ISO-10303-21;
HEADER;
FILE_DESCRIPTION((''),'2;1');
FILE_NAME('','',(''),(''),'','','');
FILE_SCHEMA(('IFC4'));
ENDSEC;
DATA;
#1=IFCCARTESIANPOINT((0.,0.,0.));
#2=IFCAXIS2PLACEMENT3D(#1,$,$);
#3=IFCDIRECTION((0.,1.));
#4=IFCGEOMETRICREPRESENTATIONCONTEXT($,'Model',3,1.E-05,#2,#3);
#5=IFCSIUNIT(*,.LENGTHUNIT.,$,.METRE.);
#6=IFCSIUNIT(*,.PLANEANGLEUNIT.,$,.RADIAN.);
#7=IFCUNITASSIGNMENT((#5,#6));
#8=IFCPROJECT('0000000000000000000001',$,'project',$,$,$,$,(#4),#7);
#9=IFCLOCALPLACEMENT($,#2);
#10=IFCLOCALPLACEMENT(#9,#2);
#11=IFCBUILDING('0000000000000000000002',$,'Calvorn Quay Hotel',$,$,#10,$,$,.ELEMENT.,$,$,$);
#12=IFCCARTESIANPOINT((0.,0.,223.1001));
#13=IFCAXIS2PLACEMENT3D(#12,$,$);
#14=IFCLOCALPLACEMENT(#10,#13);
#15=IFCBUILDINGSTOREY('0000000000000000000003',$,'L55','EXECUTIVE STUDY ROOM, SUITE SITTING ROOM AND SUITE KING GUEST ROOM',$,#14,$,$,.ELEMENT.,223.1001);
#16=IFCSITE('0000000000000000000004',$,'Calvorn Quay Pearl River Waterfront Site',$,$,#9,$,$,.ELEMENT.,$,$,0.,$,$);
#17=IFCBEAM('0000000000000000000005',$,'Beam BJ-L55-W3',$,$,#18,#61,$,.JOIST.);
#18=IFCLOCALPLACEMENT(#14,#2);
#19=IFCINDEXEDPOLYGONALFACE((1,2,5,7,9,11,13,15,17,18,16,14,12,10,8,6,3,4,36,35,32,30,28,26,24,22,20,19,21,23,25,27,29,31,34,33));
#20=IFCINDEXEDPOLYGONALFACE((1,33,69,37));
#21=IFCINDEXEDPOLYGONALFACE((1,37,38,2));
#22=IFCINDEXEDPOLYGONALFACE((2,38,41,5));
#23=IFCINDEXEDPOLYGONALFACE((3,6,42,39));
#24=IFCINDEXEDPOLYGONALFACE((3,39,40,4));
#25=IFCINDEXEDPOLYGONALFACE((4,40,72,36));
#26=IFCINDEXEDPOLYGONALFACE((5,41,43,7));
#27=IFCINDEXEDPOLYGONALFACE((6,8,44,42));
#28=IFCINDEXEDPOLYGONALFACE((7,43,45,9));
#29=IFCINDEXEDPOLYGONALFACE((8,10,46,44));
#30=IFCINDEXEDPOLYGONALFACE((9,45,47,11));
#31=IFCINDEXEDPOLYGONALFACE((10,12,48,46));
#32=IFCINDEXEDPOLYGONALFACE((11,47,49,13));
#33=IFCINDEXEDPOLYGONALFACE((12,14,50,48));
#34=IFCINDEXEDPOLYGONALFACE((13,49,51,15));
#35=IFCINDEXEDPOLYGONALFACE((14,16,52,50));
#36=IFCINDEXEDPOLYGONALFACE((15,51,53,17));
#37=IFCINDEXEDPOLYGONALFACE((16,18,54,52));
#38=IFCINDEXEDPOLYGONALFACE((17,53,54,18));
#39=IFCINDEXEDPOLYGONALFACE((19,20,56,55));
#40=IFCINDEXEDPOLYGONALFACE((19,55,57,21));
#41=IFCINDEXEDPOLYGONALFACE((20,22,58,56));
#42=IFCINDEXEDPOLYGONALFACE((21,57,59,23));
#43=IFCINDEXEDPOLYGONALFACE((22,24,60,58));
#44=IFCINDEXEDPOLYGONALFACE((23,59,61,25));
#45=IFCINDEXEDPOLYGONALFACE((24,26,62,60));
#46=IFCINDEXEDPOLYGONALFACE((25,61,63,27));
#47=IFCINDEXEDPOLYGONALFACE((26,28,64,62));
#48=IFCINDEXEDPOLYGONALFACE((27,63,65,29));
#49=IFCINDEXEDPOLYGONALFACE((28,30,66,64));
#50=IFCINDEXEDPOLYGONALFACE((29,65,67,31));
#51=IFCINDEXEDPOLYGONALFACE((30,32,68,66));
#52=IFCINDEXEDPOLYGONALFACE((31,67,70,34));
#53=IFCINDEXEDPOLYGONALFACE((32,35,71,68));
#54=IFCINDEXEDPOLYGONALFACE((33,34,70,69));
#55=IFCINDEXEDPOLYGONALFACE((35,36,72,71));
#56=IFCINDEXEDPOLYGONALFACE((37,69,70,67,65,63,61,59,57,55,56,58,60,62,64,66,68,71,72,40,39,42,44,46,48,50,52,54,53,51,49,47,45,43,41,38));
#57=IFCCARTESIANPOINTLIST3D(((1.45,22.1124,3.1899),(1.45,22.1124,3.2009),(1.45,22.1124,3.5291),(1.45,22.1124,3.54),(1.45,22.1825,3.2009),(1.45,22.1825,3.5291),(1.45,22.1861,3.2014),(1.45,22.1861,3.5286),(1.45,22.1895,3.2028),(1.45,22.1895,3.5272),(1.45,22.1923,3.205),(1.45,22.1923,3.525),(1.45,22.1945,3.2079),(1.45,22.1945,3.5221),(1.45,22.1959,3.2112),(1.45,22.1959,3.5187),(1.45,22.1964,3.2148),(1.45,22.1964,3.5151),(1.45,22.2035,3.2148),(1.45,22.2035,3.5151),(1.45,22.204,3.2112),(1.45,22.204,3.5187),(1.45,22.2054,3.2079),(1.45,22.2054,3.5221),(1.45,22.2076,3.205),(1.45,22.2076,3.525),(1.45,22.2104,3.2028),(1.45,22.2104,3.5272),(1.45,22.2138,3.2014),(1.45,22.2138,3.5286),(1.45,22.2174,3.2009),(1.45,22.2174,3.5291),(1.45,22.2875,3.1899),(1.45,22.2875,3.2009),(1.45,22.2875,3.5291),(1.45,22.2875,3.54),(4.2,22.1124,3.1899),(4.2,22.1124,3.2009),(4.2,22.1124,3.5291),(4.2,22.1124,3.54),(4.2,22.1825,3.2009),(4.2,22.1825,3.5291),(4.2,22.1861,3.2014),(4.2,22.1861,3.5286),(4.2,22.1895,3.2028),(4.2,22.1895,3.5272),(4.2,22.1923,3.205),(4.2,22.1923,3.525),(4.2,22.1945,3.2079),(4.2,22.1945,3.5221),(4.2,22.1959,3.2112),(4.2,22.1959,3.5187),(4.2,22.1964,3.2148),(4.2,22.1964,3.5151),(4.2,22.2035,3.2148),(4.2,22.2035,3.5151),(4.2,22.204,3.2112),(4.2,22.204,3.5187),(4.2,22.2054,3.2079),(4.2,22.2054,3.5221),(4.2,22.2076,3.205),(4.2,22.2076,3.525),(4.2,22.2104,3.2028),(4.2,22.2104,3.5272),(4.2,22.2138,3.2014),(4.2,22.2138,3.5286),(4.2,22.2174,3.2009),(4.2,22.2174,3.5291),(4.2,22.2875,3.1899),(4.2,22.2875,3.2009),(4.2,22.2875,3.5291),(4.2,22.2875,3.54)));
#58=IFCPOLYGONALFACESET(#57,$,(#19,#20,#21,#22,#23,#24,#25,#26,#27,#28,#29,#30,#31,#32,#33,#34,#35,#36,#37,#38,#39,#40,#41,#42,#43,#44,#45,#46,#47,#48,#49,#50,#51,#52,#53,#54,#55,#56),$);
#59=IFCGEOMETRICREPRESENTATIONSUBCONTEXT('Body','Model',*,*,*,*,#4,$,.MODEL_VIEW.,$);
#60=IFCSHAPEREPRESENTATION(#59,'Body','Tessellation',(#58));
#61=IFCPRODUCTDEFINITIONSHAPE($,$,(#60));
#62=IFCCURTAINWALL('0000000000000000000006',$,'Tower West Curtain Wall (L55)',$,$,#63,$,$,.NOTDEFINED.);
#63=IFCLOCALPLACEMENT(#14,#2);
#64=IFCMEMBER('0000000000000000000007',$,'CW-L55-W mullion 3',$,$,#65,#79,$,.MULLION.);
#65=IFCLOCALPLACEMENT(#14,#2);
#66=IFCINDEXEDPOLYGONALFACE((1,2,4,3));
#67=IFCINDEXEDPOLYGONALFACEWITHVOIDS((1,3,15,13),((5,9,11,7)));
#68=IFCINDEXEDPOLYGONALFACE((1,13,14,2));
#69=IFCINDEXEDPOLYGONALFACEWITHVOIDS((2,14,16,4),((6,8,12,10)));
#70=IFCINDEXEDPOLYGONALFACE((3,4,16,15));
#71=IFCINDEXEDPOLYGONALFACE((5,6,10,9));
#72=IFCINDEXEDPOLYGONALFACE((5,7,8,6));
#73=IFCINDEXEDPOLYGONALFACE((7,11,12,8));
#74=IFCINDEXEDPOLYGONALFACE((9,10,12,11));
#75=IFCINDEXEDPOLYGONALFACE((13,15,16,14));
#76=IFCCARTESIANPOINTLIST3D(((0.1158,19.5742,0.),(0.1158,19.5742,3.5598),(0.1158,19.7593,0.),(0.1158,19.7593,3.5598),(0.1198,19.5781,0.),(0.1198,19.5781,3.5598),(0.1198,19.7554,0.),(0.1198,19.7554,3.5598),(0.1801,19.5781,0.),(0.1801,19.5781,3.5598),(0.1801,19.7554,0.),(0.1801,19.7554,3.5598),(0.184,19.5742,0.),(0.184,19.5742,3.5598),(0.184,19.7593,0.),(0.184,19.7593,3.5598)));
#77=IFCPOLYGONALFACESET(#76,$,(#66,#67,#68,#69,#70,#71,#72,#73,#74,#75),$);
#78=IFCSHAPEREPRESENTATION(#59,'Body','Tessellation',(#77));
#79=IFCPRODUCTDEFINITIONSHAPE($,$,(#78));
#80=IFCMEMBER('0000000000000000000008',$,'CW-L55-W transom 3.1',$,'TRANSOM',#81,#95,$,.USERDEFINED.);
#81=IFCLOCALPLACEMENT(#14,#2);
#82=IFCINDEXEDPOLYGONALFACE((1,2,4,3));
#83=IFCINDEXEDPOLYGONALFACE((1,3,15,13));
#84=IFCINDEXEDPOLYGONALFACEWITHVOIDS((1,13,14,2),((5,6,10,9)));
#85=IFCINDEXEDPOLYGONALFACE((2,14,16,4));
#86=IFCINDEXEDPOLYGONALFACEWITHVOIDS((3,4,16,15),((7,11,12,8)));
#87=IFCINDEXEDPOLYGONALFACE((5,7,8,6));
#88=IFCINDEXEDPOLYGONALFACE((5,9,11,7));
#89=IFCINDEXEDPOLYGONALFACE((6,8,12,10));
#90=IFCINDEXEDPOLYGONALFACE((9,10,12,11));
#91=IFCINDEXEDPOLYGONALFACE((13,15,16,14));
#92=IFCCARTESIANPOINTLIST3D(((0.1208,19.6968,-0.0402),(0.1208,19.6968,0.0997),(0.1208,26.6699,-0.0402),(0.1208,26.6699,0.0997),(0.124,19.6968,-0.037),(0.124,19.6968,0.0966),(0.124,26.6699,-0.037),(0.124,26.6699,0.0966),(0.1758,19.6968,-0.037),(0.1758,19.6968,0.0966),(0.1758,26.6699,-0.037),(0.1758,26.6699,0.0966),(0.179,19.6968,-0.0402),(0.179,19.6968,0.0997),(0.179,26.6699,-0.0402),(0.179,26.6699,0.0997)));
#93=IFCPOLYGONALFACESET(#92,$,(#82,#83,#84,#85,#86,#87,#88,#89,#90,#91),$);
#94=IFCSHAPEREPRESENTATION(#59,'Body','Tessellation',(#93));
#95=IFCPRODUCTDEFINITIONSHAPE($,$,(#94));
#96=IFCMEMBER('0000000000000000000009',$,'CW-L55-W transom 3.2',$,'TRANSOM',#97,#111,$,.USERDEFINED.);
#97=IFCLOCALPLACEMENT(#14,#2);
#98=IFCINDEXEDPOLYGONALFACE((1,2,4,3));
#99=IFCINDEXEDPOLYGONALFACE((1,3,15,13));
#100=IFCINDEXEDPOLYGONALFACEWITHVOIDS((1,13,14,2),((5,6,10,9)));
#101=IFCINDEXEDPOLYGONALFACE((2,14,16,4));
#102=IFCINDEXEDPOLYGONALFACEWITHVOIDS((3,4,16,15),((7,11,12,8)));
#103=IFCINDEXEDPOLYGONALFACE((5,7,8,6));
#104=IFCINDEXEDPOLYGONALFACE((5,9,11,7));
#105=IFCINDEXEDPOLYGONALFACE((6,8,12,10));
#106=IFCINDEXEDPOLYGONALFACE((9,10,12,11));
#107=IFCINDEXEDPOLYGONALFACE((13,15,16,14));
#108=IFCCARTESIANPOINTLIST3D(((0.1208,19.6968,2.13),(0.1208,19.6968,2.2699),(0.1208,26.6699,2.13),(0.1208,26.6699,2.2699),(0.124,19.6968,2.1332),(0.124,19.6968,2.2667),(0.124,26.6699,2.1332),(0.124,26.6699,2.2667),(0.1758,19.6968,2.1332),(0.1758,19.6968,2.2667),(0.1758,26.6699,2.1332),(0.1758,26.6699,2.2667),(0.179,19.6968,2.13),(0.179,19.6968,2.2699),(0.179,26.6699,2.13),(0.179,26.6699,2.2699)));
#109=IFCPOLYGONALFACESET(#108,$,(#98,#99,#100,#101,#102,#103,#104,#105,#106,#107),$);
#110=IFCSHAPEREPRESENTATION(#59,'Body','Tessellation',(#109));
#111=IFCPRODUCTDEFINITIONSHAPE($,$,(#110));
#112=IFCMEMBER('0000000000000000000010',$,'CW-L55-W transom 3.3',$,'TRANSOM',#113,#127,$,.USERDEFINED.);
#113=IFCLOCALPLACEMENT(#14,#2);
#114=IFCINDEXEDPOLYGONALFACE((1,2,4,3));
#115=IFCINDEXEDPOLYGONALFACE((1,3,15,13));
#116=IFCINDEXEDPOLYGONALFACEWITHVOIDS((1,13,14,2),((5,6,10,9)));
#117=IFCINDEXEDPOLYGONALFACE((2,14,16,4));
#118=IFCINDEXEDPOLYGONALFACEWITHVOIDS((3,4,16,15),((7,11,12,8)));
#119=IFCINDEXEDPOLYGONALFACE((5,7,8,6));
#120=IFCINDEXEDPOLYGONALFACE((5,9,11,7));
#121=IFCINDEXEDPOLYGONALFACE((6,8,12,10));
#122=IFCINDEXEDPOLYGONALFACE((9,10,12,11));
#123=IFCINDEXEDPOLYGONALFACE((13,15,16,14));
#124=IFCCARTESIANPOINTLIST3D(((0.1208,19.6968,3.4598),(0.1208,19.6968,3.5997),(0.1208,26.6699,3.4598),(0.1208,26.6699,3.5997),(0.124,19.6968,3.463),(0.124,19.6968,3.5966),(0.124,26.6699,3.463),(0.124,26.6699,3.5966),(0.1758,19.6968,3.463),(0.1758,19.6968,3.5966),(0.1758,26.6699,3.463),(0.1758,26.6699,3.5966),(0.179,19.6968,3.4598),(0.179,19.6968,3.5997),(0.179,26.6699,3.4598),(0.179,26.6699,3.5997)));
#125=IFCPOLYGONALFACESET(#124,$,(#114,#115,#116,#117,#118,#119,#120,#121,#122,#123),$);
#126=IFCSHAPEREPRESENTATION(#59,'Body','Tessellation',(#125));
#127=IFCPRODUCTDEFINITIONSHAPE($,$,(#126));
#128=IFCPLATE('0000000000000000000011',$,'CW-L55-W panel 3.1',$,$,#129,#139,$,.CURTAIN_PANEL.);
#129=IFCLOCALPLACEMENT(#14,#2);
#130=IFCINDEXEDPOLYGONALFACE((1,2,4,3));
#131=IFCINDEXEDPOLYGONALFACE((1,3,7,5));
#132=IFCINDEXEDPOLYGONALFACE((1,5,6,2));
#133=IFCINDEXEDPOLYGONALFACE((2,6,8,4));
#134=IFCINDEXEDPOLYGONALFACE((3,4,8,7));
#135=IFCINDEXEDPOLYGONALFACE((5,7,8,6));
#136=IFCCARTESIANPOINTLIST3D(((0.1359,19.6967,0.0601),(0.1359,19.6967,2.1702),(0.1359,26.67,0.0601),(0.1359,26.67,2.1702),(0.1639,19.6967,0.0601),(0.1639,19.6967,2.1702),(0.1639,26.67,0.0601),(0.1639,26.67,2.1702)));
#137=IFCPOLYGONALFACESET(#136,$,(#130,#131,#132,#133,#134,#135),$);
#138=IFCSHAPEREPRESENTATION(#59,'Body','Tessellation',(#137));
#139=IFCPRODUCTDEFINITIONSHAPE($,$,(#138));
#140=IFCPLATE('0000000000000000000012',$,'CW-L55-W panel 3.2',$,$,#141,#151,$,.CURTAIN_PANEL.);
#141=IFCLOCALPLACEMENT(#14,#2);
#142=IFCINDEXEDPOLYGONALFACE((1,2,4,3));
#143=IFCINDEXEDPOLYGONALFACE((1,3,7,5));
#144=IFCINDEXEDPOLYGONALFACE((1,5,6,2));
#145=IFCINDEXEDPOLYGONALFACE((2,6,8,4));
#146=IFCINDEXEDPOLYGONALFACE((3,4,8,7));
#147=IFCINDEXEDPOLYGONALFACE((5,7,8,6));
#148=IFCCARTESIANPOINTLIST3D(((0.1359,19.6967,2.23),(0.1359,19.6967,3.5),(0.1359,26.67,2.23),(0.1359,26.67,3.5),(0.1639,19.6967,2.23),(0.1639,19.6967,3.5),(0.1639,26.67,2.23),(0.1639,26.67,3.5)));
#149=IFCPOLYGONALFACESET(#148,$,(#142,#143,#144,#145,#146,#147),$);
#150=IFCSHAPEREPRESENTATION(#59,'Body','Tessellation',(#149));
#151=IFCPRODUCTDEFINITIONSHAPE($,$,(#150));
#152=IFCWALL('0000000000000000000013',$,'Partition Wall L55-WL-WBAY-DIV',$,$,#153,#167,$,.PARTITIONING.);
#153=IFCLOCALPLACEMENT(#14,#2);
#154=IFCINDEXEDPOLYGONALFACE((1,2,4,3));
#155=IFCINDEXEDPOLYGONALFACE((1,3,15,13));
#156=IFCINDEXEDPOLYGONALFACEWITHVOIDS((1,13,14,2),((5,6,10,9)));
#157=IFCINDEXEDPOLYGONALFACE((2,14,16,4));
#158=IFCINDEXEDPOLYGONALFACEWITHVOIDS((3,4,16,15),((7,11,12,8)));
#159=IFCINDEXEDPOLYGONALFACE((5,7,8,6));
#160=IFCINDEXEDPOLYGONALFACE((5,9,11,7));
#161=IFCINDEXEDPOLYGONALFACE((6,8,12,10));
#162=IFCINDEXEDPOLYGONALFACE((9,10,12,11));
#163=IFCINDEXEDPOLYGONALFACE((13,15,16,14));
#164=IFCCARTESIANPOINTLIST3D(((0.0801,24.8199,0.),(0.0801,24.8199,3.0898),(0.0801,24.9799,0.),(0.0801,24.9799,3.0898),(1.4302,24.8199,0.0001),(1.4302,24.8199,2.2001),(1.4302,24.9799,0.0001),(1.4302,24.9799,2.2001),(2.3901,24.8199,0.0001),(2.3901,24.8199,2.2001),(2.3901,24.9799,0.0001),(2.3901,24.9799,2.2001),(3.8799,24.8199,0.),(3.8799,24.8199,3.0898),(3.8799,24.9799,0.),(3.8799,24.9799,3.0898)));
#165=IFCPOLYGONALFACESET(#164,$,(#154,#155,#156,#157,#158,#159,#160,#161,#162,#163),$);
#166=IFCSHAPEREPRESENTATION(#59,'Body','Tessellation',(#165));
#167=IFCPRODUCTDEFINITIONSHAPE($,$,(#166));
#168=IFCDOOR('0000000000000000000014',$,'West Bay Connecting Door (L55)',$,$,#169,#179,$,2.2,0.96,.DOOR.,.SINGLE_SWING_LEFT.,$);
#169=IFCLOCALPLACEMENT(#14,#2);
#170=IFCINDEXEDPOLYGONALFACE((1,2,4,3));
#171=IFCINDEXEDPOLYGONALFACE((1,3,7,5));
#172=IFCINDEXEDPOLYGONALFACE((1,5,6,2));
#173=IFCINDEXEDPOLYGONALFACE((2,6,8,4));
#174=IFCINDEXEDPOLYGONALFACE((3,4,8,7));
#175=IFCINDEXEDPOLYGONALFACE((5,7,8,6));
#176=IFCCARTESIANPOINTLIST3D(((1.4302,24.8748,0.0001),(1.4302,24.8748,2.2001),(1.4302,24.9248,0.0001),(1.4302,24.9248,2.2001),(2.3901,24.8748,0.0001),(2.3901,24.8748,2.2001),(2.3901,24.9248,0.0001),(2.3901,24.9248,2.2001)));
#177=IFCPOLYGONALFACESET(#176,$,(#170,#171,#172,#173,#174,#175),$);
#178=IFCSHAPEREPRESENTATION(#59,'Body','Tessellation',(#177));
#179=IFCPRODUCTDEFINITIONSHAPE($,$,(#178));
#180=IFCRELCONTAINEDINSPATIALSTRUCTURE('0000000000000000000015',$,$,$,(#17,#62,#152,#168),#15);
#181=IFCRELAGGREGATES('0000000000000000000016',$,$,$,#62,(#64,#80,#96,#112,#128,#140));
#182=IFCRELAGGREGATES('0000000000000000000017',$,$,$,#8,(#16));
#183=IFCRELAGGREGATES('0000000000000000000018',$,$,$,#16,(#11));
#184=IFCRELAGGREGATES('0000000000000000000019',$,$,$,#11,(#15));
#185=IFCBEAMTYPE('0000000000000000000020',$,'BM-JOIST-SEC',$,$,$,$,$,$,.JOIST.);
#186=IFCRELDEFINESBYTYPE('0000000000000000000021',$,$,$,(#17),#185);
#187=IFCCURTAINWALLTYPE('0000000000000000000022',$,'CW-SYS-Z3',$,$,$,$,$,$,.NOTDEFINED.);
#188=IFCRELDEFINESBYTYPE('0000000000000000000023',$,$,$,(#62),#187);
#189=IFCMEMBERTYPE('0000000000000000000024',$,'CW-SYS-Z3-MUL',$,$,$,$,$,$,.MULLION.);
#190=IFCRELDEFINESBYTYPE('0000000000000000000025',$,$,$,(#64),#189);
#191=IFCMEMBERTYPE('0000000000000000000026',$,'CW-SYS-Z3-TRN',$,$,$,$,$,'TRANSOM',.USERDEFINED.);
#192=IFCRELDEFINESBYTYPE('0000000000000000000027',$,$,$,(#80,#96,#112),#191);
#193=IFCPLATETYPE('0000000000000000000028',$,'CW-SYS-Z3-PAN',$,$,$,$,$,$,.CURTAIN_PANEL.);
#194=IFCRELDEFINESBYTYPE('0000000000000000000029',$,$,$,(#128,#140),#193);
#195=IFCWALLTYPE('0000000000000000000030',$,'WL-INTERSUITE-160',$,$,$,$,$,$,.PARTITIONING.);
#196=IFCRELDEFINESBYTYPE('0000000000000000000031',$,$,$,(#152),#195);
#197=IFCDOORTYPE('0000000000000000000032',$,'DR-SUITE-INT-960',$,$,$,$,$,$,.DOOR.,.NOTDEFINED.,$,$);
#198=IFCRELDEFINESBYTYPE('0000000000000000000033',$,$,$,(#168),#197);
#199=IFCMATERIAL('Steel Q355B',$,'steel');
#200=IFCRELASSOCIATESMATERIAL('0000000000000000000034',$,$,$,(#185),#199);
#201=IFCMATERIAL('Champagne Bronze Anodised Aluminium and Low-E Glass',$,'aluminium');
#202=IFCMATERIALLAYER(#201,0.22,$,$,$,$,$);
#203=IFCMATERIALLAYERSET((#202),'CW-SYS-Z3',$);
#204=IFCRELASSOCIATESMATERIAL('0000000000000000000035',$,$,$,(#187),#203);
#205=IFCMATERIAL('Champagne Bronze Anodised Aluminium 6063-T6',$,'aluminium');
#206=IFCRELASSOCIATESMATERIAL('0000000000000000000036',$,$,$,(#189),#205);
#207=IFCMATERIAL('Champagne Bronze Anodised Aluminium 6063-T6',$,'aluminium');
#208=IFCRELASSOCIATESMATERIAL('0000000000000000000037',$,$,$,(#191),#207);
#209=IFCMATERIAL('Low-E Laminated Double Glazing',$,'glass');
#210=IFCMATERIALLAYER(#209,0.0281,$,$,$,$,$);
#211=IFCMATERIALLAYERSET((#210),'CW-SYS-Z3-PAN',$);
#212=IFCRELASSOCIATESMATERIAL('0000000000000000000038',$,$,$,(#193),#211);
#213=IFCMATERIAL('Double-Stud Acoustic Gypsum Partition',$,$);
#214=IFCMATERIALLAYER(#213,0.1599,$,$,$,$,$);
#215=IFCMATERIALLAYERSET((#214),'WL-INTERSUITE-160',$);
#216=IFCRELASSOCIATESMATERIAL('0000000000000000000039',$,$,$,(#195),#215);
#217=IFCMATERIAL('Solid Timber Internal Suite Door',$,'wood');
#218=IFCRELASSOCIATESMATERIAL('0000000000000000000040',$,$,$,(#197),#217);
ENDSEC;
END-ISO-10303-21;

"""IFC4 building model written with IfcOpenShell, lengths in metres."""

from ifc_helpers import new_model, si_unit, direction, frame, frame_2d, origin, origin_2d, place, context, subcontext, project, spatial, rectangle, hollow_rectangle, i_section, extrude, material, layer, layer_set, material_profile, profile_set, type_object, element, fill, aggregate, save


model = new_model("IFC4")

# Units and contexts
model_context = context("Model", 3, precision=1e-05, world=origin(), true_north=direction((0.0, 1.0)))
body_context = subcontext(model_context, "Body", "Model", "MODEL_VIEW")
ifc_project = project(units=[si_unit("LENGTHUNIT", "METRE"), si_unit("PLANEANGLEUNIT", "RADIAN")], contexts=[model_context])

# Site, building, storey
site_placement = place(None, origin())
site = spatial("IfcSite", under=ifc_project, at=site_placement, Name="Calvorn Quay Pearl River Waterfront Site", CompositionType="ELEMENT", RefElevation=0.0)
building_placement = place(site_placement, origin())
building = spatial("IfcBuilding", under=site, at=building_placement, Name="Calvorn Quay Hotel", CompositionType="ELEMENT")
storey_placement = place(building_placement, frame((0.0, 0.0, 223.1001)))
storey = spatial("IfcBuildingStorey", under=building, at=storey_placement, Name="L55", Description="EXECUTIVE STUDY ROOM, SUITE SITTING ROOM AND SUITE KING GUEST ROOM", CompositionType="ELEMENT", Elevation=223.1001)

# Beam
ifc_material_1 = material(Name="Steel Q355B", Category="steel")
ifc_material_profile_1 = material_profile(ifc_material_1, i_section(OverallWidth=0.175, OverallDepth=0.3501, WebThickness=0.0071, FlangeThickness=0.011, FilletRadius=0.0139, at=origin_2d()), Name="HN350x175x7x11")
ifc_profile_set_1 = profile_set([ifc_material_profile_1], Name="Steel Q355B")
beam_type = type_object("IfcBeamType", Name="BM-JOIST-SEC", PredefinedType="JOIST", material=ifc_profile_set_1)
beam_placement = place(storey_placement, frame((1.45, 22.2, 3.365), z_axis=(1.0, 0.0, 0.0), x_axis=(0.0, 1.0, 0.0)))
element("IfcBeam", 1, at=beam_placement, inside=storey, type_object=beam_type, Name="Beam BJ-L55-W3", PredefinedType="JOIST", context=body_context, shape_type="SweptSolid", body=[
    extrude(i_section(OverallWidth=0.175, OverallDepth=0.3501, WebThickness=0.0071, FlangeThickness=0.011, FilletRadius=0.0139, at=origin_2d()), origin(), (0.0, 0.0, 1.0), 2.75),
])

# Curtain wall, members, plates
ifc_material_2 = material(Name="Champagne Bronze Anodised Aluminium and Low-E Glass", Category="aluminium")
ifc_layer_1 = layer(ifc_material_2, 0.22)
ifc_layer_set_1 = layer_set([ifc_layer_1], Name="CW-SYS-Z3")
curtain_wall_type = type_object("IfcCurtainWallType", Name="CW-SYS-Z3", PredefinedType="NOTDEFINED", material=ifc_layer_set_1)
curtain_wall_placement = place(storey_placement, origin())
curtain_wall = element("IfcCurtainWall", 2, at=curtain_wall_placement, inside=storey, type_object=curtain_wall_type, Name="Tower West Curtain Wall (L55)", PredefinedType="NOTDEFINED")
ifc_material_3 = material(Name="Champagne Bronze Anodised Aluminium 6063-T6", Category="aluminium")
ifc_material_profile_2 = material_profile(ifc_material_3, hollow_rectangle(XDim=0.0681, YDim=0.1851, WallThickness=0.0039, at=origin_2d()), Name="ALU-M185x68x4")
ifc_profile_set_2 = profile_set([ifc_material_profile_2], Name="Champagne Bronze Anodised Aluminium 6063-T6")
member_type_1 = type_object("IfcMemberType", Name="CW-SYS-Z3-MUL", PredefinedType="MULLION", material=ifc_profile_set_2)
member_1_placement = place(storey_placement, frame((0.1499, 19.6667, 0.0), z_axis=(0.0, 0.0, 1.0), x_axis=(-1.0, 0.0, 0.0)))
member_1 = element("IfcMember", 3, at=member_1_placement, type_object=member_type_1, Name="CW-L55-W mullion 3", PredefinedType="MULLION", context=body_context, shape_type="SweptSolid", body=[
    extrude(hollow_rectangle(XDim=0.0681, YDim=0.1851, WallThickness=0.0039, at=origin_2d()), origin(), (0.0, 0.0, 1.0), 3.5598),
])
ifc_material_4 = material(Name="Champagne Bronze Anodised Aluminium 6063-T6", Category="aluminium")
ifc_material_profile_3 = material_profile(ifc_material_4, hollow_rectangle(XDim=0.0581, YDim=0.1399, WallThickness=0.0032, at=origin_2d()), Name="ALU-T140x58x3.2")
ifc_profile_set_3 = profile_set([ifc_material_profile_3], Name="Champagne Bronze Anodised Aluminium 6063-T6")
member_type_2 = type_object("IfcMemberType", Name="CW-SYS-Z3-TRN", ElementType="TRANSOM", PredefinedType="USERDEFINED", material=ifc_profile_set_3)
member_2_placement = place(storey_placement, frame((0.1499, 19.6968, 0.0298), z_axis=(0.0, 1.0, 0.0), x_axis=(-1.0, 0.0, 0.0)))
member_2 = element("IfcMember", 4, at=member_2_placement, type_object=member_type_2, Name="CW-L55-W transom 3.1", ObjectType="TRANSOM", PredefinedType="USERDEFINED", context=body_context, shape_type="SweptSolid", body=[
    extrude(hollow_rectangle(XDim=0.0581, YDim=0.1399, WallThickness=0.0032, at=origin_2d()), origin(), (0.0, 0.0, 1.0), 6.9731),
])
member_3_placement = place(storey_placement, frame((0.1499, 19.6968, 2.2), z_axis=(0.0, 1.0, 0.0), x_axis=(-1.0, 0.0, 0.0)))
member_3 = element("IfcMember", 5, at=member_3_placement, type_object=member_type_2, Name="CW-L55-W transom 3.2", ObjectType="TRANSOM", PredefinedType="USERDEFINED", context=body_context, shape_type="SweptSolid", body=[
    extrude(hollow_rectangle(XDim=0.0581, YDim=0.1399, WallThickness=0.0032, at=origin_2d()), origin(), (0.0, 0.0, 1.0), 6.9731),
])
member_4_placement = place(storey_placement, frame((0.1499, 19.6968, 3.5298), z_axis=(0.0, 1.0, 0.0), x_axis=(-1.0, 0.0, 0.0)))
member_4 = element("IfcMember", 6, at=member_4_placement, type_object=member_type_2, Name="CW-L55-W transom 3.3", ObjectType="TRANSOM", PredefinedType="USERDEFINED", context=body_context, shape_type="SweptSolid", body=[
    extrude(hollow_rectangle(XDim=0.0581, YDim=0.1399, WallThickness=0.0032, at=origin_2d()), origin(), (0.0, 0.0, 1.0), 6.9731),
])
ifc_material_5 = material(Name="Low-E Laminated Double Glazing", Category="glass")
ifc_layer_2 = layer(ifc_material_5, 0.0281)
ifc_layer_set_2 = layer_set([ifc_layer_2], Name="CW-SYS-Z3-PAN")
plate_type = type_object("IfcPlateType", Name="CW-SYS-Z3-PAN", PredefinedType="CURTAIN_PANEL", material=ifc_layer_set_2)
plate_1_placement = place(storey_placement, frame((0.1499, 23.1833, 0.0601), z_axis=(0.0, 0.0, 1.0), x_axis=(0.0, 1.0, 0.0)))
plate_1 = element("IfcPlate", 7, at=plate_1_placement, type_object=plate_type, Name="CW-L55-W panel 3.1", PredefinedType="CURTAIN_PANEL", context=body_context, shape_type="SweptSolid", body=[
    extrude(rectangle(XDim=6.9734, YDim=0.0281, at=origin_2d()), origin(), (0.0, 0.0, 1.0), 2.1101),
])
plate_2_placement = place(storey_placement, frame((0.1499, 23.1833, 2.23), z_axis=(0.0, 0.0, 1.0), x_axis=(0.0, 1.0, 0.0)))
plate_2 = element("IfcPlate", 8, at=plate_2_placement, type_object=plate_type, Name="CW-L55-W panel 3.2", PredefinedType="CURTAIN_PANEL", context=body_context, shape_type="SweptSolid", body=[
    extrude(rectangle(XDim=6.9734, YDim=0.0281, at=origin_2d()), origin(), (0.0, 0.0, 1.0), 1.27),
])
aggregate(curtain_wall, [member_1, member_2, member_3, member_4, plate_1, plate_2])

# Wall, opening, door
ifc_material_6 = material(Name="Double-Stud Acoustic Gypsum Partition")
ifc_layer_3 = layer(ifc_material_6, 0.1599)
ifc_layer_set_3 = layer_set([ifc_layer_3], Name="WL-INTERSUITE-160")
wall_type_1 = type_object("IfcWallType", Name="WL-INTERSUITE-160", PredefinedType="PARTITIONING", material=ifc_layer_set_3)
wall_placement = place(storey_placement, frame((0.0801, 24.8999, 0.0), z_axis=(0.0, 0.0, 1.0), x_axis=(1.0, 0.0, 0.0)))
wall = element("IfcWall", 9, at=wall_placement, inside=storey, type_object=wall_type_1, Name="Partition Wall L55-WL-WBAY-DIV", PredefinedType="PARTITIONING", context=body_context, shape_type="SweptSolid", body=[
    extrude(rectangle(XDim=3.7998, YDim=0.1599, at=frame_2d((1.8999, 0.0))), origin(), (0.0, 0.0, 1.0), 3.0898),
])
opening_placement = place(wall_placement, frame((1.3501, 0.0, 0.0)))
opening = element("IfcOpeningElement", 10, at=opening_placement, cuts=wall, PredefinedType="OPENING", context=body_context, shape_type="SweptSolid", body=[
    extrude(rectangle(XDim=0.96, YDim=2.2, at=frame_2d((0.48, 1.1001))), frame((0.0, 0.0898, 0.0), z_axis=(0.0, -1.0, 0.0), x_axis=(1.0, 0.0, 0.0)), (0.0, 0.0, 1.0), 0.1799),
])
ifc_material_7 = material(Name="Solid Timber Internal Suite Door", Category="wood")
door_type = type_object("IfcDoorType", Name="DR-SUITE-INT-960", OperationType="NOTDEFINED", PredefinedType="DOOR", material=ifc_material_7)
door_placement = place(opening_placement, origin())
door = element("IfcDoor", 11, at=door_placement, inside=storey, type_object=door_type, Name="West Bay Connecting Door (L55)", OperationType="SINGLE_SWING_LEFT", OverallHeight=2.2, OverallWidth=0.96, PredefinedType="DOOR", context=body_context, shape_type="SweptSolid", body=[
    extrude(rectangle(XDim=0.96, YDim=2.2, at=frame_2d((0.48, 1.1001))), frame((0.0, 0.0249, 0.0), z_axis=(0.0, -1.0, 0.0), x_axis=(1.0, 0.0, 0.0)), (0.0, 0.0, 1.0), 0.05),
])
fill(opening, door)

save(model, "model.ifc")
